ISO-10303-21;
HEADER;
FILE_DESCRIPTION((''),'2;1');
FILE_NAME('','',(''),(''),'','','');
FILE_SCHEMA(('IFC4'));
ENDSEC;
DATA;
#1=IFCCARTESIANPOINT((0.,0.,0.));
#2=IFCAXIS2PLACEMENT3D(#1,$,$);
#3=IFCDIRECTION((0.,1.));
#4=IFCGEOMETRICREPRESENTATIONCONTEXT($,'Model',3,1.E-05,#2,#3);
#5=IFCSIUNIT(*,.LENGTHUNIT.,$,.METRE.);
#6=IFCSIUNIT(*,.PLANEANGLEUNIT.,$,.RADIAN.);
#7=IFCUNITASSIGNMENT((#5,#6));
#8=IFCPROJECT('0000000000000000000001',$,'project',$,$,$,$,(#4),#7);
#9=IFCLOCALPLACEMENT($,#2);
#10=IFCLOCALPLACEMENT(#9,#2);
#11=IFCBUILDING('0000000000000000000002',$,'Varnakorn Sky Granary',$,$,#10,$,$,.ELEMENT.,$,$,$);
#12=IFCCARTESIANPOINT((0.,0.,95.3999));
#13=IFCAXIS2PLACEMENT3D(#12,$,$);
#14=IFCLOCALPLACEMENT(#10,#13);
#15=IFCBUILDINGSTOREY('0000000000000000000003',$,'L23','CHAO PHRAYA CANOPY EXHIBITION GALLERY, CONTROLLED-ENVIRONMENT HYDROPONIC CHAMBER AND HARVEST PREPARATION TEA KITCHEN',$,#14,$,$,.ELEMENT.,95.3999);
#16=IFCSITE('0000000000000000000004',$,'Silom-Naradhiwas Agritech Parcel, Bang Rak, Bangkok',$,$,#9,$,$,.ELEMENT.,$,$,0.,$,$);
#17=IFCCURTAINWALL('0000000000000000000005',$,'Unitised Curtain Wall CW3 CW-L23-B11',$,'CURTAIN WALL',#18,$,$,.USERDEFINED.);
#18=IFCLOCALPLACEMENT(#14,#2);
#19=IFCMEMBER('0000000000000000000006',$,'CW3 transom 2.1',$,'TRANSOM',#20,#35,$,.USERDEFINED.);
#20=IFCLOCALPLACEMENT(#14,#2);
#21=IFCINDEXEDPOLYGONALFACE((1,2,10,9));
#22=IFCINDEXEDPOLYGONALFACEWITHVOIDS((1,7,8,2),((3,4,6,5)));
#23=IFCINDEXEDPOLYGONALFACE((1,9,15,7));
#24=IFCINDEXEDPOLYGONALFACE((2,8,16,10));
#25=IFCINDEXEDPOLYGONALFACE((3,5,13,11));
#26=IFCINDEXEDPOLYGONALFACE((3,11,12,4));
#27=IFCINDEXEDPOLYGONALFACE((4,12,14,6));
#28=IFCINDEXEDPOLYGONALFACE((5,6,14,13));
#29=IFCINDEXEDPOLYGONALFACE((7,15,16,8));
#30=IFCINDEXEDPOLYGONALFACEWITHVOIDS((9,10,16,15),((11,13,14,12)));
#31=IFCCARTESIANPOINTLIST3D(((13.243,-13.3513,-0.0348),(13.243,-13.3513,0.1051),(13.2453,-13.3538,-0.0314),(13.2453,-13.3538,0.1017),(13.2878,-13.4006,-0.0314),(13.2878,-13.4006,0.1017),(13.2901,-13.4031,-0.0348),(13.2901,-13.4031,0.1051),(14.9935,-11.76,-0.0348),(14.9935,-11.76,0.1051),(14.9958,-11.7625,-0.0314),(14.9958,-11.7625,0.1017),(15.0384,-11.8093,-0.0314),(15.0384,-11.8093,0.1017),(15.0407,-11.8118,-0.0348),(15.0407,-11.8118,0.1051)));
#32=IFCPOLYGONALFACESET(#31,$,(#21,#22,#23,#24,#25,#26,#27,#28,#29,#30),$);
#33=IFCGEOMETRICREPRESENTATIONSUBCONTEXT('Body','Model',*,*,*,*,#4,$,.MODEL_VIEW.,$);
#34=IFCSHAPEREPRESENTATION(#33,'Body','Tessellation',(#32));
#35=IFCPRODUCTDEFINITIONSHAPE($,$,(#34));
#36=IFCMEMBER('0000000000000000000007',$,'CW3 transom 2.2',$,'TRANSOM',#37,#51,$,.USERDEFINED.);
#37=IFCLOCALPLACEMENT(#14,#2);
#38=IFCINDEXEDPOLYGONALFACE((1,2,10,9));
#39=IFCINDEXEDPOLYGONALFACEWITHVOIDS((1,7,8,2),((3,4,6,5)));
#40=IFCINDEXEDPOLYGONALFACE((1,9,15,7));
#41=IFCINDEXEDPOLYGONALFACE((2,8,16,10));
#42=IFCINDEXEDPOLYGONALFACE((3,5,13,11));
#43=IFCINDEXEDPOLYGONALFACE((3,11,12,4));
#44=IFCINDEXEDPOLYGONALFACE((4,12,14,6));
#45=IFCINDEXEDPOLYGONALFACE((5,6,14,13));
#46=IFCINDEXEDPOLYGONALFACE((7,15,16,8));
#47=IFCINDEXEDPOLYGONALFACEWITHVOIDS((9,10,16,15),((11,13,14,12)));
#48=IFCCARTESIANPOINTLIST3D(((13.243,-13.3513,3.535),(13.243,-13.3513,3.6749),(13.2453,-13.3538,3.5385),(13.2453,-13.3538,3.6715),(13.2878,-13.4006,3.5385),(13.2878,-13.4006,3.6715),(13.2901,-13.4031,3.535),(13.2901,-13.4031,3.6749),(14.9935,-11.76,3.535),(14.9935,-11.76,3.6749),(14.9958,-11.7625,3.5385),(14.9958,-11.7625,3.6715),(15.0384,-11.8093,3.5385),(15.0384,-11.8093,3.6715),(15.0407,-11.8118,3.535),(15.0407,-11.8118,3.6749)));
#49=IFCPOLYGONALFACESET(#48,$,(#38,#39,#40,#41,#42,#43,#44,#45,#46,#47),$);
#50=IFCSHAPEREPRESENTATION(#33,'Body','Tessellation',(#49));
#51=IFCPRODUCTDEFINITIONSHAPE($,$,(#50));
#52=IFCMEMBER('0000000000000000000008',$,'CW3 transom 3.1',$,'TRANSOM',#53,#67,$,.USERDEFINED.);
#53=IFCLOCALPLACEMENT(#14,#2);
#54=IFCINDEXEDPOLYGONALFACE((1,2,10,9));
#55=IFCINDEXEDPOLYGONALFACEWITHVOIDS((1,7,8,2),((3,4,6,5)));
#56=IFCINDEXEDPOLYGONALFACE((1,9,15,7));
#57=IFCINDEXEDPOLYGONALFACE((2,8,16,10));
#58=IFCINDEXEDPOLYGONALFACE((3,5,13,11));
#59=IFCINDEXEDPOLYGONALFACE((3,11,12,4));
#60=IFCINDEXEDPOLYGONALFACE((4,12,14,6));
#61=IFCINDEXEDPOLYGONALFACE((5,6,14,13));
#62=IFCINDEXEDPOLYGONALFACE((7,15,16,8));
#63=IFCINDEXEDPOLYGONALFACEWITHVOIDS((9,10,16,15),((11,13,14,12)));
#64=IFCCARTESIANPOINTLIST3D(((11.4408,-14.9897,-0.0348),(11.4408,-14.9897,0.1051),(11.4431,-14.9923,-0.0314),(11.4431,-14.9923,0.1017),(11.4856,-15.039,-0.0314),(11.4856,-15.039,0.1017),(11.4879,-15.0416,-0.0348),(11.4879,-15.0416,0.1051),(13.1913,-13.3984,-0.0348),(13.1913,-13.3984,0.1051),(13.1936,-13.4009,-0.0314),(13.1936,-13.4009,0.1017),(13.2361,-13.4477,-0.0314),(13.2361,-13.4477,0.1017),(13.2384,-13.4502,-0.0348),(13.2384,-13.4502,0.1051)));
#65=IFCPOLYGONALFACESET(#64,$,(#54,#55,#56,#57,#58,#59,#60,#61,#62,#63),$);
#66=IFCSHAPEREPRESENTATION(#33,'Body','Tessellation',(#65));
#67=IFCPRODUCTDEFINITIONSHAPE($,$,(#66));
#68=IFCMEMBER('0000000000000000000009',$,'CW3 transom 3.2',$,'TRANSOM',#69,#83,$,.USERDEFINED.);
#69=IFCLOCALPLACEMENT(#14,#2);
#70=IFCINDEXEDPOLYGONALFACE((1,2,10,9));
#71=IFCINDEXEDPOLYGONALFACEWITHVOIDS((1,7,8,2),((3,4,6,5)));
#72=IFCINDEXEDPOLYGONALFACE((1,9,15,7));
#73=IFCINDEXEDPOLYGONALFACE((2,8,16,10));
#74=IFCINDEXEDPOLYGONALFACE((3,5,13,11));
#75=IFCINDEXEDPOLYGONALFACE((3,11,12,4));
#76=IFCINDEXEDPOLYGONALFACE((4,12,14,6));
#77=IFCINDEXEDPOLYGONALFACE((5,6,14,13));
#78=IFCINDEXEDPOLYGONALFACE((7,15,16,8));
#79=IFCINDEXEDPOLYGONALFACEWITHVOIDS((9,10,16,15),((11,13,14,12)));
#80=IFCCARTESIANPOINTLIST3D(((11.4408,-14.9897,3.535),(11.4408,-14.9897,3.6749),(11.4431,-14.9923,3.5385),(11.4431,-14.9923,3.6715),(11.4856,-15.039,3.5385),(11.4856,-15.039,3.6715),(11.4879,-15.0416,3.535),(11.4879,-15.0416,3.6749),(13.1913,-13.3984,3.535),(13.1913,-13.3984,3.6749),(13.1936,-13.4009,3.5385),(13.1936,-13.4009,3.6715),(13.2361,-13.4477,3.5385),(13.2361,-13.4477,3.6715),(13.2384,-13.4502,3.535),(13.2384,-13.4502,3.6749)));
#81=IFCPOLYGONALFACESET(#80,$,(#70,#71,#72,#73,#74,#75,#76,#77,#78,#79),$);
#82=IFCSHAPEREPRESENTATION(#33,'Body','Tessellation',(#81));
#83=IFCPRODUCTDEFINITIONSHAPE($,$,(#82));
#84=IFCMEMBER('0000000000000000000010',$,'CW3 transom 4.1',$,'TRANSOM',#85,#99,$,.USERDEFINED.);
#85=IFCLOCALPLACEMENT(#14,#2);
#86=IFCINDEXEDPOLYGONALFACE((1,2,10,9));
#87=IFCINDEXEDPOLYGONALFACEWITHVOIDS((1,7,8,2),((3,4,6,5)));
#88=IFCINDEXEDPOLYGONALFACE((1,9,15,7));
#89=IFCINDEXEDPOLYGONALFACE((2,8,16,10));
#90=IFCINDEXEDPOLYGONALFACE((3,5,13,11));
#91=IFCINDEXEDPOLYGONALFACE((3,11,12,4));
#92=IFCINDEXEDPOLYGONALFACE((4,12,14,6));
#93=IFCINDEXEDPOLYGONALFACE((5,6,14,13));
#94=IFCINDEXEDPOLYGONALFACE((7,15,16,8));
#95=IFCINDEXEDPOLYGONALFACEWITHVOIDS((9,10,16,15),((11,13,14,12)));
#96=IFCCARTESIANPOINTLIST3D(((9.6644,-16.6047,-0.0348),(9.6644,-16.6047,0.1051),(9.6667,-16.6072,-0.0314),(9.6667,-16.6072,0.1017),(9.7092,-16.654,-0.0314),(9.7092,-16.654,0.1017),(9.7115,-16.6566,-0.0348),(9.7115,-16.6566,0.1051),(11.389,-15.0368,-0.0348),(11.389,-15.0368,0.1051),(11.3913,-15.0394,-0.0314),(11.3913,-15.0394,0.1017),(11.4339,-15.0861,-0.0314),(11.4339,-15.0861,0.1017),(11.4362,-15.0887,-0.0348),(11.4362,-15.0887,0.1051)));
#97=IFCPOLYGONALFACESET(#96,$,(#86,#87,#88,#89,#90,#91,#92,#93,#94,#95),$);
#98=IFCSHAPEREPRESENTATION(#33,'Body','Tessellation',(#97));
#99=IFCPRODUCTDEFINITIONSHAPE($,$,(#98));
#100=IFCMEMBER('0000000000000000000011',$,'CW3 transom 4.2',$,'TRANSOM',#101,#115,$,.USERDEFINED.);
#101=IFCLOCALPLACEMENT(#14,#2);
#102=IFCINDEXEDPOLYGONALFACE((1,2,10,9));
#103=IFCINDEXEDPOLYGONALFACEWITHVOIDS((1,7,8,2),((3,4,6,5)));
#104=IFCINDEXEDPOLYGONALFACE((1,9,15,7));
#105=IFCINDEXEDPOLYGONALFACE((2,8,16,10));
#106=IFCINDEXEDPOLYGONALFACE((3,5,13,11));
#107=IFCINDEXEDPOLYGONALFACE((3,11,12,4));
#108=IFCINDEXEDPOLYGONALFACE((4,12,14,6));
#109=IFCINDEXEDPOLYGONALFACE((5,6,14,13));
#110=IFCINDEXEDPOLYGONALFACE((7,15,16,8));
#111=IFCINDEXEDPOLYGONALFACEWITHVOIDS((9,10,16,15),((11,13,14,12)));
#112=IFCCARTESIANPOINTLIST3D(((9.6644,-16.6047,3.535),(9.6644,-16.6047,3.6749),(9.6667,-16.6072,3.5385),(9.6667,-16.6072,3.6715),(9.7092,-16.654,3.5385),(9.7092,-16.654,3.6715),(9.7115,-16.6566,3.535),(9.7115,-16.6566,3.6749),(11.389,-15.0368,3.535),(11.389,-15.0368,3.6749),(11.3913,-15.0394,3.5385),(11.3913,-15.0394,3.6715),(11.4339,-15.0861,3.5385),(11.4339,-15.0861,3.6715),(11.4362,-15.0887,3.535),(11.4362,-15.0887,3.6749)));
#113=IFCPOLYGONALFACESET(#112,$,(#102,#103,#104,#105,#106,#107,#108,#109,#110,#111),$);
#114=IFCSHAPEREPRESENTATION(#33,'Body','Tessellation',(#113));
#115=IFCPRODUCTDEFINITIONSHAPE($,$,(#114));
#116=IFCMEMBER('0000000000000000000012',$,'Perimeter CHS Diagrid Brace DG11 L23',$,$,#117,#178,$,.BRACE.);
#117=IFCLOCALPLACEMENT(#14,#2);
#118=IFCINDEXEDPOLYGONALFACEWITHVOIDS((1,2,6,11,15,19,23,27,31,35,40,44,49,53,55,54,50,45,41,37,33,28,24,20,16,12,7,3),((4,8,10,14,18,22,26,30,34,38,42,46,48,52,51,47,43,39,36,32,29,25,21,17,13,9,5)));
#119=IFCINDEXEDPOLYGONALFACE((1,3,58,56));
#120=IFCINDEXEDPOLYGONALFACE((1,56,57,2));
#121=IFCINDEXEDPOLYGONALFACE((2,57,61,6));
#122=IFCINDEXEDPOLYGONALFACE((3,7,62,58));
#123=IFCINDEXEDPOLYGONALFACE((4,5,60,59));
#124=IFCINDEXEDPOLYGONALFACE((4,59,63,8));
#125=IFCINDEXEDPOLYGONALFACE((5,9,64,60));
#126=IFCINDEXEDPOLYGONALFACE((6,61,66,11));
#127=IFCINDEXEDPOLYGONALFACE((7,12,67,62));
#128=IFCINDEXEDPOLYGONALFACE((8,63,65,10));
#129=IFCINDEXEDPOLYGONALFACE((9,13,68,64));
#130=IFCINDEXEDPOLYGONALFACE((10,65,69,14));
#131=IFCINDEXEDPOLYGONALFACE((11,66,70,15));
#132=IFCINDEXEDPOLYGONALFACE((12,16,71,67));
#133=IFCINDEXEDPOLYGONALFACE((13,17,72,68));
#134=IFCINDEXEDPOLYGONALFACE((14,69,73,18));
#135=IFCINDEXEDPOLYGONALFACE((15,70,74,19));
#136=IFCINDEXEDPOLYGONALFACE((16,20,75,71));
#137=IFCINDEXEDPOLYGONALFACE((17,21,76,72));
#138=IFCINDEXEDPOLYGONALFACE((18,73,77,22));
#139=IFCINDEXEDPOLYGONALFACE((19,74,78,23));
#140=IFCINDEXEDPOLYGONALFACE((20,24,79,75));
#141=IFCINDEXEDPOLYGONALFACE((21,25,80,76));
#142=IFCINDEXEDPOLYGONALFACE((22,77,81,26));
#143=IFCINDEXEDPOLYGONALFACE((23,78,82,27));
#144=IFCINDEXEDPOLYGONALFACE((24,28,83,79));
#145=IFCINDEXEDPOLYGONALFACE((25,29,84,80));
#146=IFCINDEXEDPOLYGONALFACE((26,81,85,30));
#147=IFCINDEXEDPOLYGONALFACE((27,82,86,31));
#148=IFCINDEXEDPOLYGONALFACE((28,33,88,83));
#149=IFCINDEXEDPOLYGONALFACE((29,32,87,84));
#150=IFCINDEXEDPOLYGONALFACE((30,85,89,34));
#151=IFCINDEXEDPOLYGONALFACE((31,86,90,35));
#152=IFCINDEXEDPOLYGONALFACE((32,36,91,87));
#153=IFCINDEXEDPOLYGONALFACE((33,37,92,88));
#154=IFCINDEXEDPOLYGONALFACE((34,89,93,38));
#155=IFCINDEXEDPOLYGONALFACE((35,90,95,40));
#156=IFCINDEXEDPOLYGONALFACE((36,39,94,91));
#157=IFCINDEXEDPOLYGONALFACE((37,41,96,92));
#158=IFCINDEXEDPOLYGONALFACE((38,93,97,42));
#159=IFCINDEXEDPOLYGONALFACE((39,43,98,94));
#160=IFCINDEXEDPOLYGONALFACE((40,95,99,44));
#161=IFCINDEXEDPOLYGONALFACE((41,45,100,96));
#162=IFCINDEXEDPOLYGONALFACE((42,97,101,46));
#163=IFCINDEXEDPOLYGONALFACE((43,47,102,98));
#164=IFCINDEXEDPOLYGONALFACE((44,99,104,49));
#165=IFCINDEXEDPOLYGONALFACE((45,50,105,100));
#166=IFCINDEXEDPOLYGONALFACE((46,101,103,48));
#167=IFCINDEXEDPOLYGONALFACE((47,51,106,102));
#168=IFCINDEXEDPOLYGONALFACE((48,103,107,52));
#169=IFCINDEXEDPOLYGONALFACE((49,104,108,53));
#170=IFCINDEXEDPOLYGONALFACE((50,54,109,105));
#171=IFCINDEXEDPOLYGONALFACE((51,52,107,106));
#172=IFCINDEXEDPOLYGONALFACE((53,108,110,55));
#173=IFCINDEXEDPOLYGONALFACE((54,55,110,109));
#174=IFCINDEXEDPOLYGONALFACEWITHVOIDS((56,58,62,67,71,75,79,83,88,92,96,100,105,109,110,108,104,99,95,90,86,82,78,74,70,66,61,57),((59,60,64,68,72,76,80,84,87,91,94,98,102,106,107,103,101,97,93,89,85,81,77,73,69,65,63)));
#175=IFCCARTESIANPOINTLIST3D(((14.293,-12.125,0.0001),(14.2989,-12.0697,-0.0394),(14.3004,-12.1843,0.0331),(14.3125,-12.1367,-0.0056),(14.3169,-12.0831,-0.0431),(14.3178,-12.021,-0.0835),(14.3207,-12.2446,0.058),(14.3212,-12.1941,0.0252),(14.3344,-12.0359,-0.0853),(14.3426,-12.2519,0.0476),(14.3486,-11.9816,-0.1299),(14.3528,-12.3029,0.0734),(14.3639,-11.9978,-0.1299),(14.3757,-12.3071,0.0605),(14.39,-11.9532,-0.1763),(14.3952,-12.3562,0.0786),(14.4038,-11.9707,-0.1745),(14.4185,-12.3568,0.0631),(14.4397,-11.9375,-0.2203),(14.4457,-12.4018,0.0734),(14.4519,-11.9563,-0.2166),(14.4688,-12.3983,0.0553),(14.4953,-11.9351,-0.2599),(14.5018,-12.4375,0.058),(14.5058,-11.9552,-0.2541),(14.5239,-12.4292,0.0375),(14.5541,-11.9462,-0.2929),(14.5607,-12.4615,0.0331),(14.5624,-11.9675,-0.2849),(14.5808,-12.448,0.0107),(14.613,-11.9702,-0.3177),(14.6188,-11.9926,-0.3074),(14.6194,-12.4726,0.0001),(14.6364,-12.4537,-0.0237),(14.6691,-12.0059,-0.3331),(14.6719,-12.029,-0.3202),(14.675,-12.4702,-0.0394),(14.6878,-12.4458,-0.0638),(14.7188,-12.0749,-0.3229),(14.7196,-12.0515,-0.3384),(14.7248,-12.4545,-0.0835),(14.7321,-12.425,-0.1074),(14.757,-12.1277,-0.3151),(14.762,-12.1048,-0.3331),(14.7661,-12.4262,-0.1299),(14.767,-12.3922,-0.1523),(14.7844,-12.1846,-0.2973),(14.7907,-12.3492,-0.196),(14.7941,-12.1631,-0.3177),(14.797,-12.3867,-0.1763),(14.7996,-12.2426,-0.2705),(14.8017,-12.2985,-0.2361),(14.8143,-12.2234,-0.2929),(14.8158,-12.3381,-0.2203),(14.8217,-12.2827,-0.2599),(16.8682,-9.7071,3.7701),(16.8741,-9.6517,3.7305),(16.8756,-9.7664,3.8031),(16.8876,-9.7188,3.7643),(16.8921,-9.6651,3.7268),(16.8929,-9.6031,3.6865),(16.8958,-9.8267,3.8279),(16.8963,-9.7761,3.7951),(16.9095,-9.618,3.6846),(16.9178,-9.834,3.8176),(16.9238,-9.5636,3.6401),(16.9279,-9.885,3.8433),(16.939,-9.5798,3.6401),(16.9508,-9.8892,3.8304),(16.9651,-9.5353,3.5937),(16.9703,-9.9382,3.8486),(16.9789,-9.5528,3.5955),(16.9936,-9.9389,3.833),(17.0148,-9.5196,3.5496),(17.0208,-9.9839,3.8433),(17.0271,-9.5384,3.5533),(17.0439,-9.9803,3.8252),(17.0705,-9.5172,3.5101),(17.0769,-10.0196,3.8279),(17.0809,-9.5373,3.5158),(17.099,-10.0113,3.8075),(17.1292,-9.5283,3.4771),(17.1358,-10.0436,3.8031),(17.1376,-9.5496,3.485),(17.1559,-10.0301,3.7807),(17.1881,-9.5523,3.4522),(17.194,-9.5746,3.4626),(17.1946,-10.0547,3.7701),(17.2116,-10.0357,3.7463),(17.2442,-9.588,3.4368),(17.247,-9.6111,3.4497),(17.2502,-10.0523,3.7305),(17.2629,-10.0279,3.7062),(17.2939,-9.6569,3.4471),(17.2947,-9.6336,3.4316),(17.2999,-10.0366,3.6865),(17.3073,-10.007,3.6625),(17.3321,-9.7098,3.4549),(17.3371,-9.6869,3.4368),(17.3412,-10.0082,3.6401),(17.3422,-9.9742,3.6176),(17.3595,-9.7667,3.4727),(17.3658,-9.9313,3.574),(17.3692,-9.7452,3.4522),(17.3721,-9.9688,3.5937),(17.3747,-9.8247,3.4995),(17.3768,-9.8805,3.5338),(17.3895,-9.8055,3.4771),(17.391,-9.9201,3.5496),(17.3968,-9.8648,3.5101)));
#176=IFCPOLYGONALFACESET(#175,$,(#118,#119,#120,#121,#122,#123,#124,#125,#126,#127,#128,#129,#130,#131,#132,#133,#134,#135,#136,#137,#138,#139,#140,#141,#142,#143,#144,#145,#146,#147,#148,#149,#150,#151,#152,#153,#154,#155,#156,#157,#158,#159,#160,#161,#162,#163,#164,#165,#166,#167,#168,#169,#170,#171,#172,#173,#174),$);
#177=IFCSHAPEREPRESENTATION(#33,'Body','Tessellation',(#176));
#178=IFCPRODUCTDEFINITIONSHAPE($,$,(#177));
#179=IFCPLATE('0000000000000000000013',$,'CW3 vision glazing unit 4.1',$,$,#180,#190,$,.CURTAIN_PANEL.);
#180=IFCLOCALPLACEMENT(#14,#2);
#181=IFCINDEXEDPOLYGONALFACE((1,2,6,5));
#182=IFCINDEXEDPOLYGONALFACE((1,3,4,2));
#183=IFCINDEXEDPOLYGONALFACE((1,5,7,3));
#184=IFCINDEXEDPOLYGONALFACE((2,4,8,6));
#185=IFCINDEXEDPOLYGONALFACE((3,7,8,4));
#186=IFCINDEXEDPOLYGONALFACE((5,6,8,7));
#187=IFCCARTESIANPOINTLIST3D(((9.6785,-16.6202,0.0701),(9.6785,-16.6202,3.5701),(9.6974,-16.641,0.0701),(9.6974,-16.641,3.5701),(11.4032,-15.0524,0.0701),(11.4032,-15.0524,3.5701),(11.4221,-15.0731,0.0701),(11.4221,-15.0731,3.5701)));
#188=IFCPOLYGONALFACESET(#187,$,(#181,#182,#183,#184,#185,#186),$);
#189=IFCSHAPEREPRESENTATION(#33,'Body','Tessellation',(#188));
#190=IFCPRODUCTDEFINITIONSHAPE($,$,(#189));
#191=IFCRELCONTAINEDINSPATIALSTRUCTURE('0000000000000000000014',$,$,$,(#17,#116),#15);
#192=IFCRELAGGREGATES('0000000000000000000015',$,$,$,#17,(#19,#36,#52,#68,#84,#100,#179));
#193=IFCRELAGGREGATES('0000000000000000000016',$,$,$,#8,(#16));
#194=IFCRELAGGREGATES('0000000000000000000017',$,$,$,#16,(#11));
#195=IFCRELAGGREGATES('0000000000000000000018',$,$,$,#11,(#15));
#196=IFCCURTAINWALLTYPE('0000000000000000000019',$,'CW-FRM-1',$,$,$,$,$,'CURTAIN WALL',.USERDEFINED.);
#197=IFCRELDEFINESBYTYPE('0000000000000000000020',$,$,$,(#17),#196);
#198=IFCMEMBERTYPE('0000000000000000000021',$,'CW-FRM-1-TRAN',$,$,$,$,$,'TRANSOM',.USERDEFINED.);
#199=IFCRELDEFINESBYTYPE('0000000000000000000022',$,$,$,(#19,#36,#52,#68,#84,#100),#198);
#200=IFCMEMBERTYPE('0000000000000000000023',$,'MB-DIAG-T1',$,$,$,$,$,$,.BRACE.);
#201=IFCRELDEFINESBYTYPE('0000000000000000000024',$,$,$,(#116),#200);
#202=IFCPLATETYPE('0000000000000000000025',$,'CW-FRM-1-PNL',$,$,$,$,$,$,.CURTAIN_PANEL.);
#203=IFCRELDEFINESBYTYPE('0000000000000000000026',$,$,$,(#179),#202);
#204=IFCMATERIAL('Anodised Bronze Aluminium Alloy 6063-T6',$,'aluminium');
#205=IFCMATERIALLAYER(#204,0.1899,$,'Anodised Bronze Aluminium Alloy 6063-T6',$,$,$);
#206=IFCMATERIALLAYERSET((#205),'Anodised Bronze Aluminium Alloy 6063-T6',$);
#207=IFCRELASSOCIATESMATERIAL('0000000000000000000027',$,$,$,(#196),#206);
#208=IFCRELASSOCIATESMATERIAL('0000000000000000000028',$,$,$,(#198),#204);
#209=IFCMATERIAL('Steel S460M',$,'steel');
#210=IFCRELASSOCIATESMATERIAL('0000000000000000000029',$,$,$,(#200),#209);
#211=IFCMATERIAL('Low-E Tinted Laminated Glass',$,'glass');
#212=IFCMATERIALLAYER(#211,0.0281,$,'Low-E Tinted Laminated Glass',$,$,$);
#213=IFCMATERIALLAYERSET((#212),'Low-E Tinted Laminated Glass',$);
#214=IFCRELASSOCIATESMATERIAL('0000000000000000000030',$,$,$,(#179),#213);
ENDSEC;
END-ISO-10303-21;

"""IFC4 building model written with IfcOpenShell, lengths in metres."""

from ifc_helpers import new_model, si_unit, direction, frame, origin, origin_2d, place, context, subcontext, project, spatial, rectangle, hollow_rectangle, hollow_circle, extrude, source, transform, mapped, material, layer, layer_set, material_profile, profile_set, type_object, element, aggregate, save


model = new_model("IFC4")

# Units and contexts
model_context = context("Model", 3, precision=1e-05, world=origin(), true_north=direction((0.0, 1.0)))
body_context = subcontext(model_context, "Body", "Model", "MODEL_VIEW")
ifc_project = project(units=[si_unit("LENGTHUNIT", "METRE"), si_unit("PLANEANGLEUNIT", "RADIAN")], contexts=[model_context])

# Site, building, storey
site_placement = place(None, origin())
site = spatial("IfcSite", under=ifc_project, at=site_placement, Name="Silom-Naradhiwas Agritech Parcel, Bang Rak, Bangkok", CompositionType="ELEMENT", RefElevation=0.0)
building_placement = place(site_placement, origin())
building = spatial("IfcBuilding", under=site, at=building_placement, Name="Varnakorn Sky Granary", CompositionType="ELEMENT")
storey_placement = place(building_placement, frame((0.0, 0.0, 95.3999)))
storey = spatial("IfcBuildingStorey", under=building, at=storey_placement, Name="L23", Description="CHAO PHRAYA CANOPY EXHIBITION GALLERY, CONTROLLED-ENVIRONMENT HYDROPONIC CHAMBER AND HARVEST PREPARATION TEA KITCHEN", CompositionType="ELEMENT", Elevation=95.3999)

# Shared definitions
ifc_material_1 = material(Name="Steel S460M", Category="steel")

# Shared definitions
ifc_material_2 = material(Name="Anodised Bronze Aluminium Alloy 6063-T6", Category="aluminium")
ifc_layer_1 = layer(ifc_material_2, 0.1899, Name="Anodised Bronze Aluminium Alloy 6063-T6")
ifc_layer_set_1 = layer_set([ifc_layer_1], Name="Anodised Bronze Aluminium Alloy 6063-T6")
curtain_wall_type = type_object("IfcCurtainWallType", Name="CW-FRM-1", ElementType="CURTAIN WALL", PredefinedType="USERDEFINED", material=ifc_layer_set_1)

# Curtain wall
curtain_wall_1_placement = place(storey_placement, origin())
curtain_wall_1 = element("IfcCurtainWall", 1, at=curtain_wall_1_placement, inside=storey, type_object=curtain_wall_type, Name="Unitised Curtain Wall CW3 CW-L23-B11", ObjectType="CURTAIN WALL", PredefinedType="USERDEFINED")

# Members
ifc_material_profile_1 = material_profile(ifc_material_2, hollow_rectangle(XDim=0.0701, YDim=0.1399, WallThickness=0.0034, at=origin_2d()), Name="ALU TRAN 70x140")
ifc_profile_set_1 = profile_set([ifc_material_profile_1], Name="Anodised Bronze Aluminium Alloy 6063-T6")
member_type_1 = type_object("IfcMemberType", Name="CW-FRM-1-TRAN", ElementType="TRANSOM", PredefinedType="USERDEFINED", material=ifc_profile_set_1)
member_1_placement = place(storey_placement, frame((15.0171, -11.7859, 0.0352), z_axis=(-0.739949, -0.672663, 0.0), x_axis=(0.672663, -0.739949, 0.0)))
member_1 = element("IfcMember", 2, at=member_1_placement, type_object=member_type_1, Name="CW3 transom 2.1", ObjectType="TRANSOM", PredefinedType="USERDEFINED", context=body_context, shape_type="SweptSolid", body=[
    extrude(hollow_rectangle(XDim=0.0701, YDim=0.1399, WallThickness=0.0034, at=origin_2d()), origin(), (0.0, 0.0, 1.0), 2.3657),
])
member_2_placement = place(storey_placement, frame((15.0171, -11.7859, 3.605), z_axis=(-0.739949, -0.672663, 0.0), x_axis=(0.672663, -0.739949, 0.0)))
member_2 = element("IfcMember", 3, at=member_2_placement, type_object=member_type_1, Name="CW3 transom 2.2", ObjectType="TRANSOM", PredefinedType="USERDEFINED", context=body_context, shape_type="SweptSolid", body=[
    extrude(hollow_rectangle(XDim=0.0701, YDim=0.1399, WallThickness=0.0034, at=origin_2d()), origin(), (0.0, 0.0, 1.0), 2.3657),
])
member_3_placement = place(storey_placement, frame((13.2148, -13.4243, 0.0352), z_axis=(-0.739949, -0.672663, 0.0), x_axis=(0.672663, -0.739949, 0.0)))
member_3 = element("IfcMember", 4, at=member_3_placement, type_object=member_type_1, Name="CW3 transom 3.1", ObjectType="TRANSOM", PredefinedType="USERDEFINED", context=body_context, shape_type="SweptSolid", body=[
    extrude(hollow_rectangle(XDim=0.0701, YDim=0.1399, WallThickness=0.0034, at=origin_2d()), origin(), (0.0, 0.0, 1.0), 2.3657),
])
member_4_placement = place(storey_placement, frame((13.2148, -13.4243, 3.605), z_axis=(-0.739949, -0.672663, 0.0), x_axis=(0.672663, -0.739949, 0.0)))
member_4 = element("IfcMember", 5, at=member_4_placement, type_object=member_type_1, Name="CW3 transom 3.2", ObjectType="TRANSOM", PredefinedType="USERDEFINED", context=body_context, shape_type="SweptSolid", body=[
    extrude(hollow_rectangle(XDim=0.0701, YDim=0.1399, WallThickness=0.0034, at=origin_2d()), origin(), (0.0, 0.0, 1.0), 2.3657),
])
member_5_placement = place(storey_placement, frame((11.4126, -15.0627, 0.0352), z_axis=(-0.739931, -0.672683, 0.0), x_axis=(0.672683, -0.739931, 0.0)))
member_5 = element("IfcMember", 6, at=member_5_placement, type_object=member_type_1, Name="CW3 transom 4.1", ObjectType="TRANSOM", PredefinedType="USERDEFINED", context=body_context, shape_type="SweptSolid", body=[
    extrude(hollow_rectangle(XDim=0.0701, YDim=0.1399, WallThickness=0.0034, at=origin_2d()), origin(), (0.0, 0.0, 1.0), 2.3308),
])
member_6_placement = place(storey_placement, frame((11.4126, -15.0627, 3.605), z_axis=(-0.739931, -0.672683, 0.0), x_axis=(0.672683, -0.739931, 0.0)))
member_6 = element("IfcMember", 7, at=member_6_placement, type_object=member_type_1, Name="CW3 transom 4.2", ObjectType="TRANSOM", PredefinedType="USERDEFINED", context=body_context, shape_type="SweptSolid", body=[
    extrude(hollow_rectangle(XDim=0.0701, YDim=0.1399, WallThickness=0.0034, at=origin_2d()), origin(), (0.0, 0.0, 1.0), 2.3308),
])
ifc_material_profile_2 = material_profile(ifc_material_1, hollow_circle(Radius=0.3049, WallThickness=0.0222, at=origin_2d()), Name="CHS 610x22")
ifc_profile_set_2 = profile_set([ifc_material_profile_2], Name="Steel S460M")
member_type_2 = type_object("IfcMemberType", Name="MB-DIAG-T1", PredefinedType="BRACE", material=ifc_profile_set_2)
member_7_placement = place(storey_placement, frame((14.5574, -12.2039, -0.1299), z_axis=(0.498455, 0.468022, 0.729725), x_axis=(-0.684502, 0.729011, 0.0)))
element("IfcMember", 8, at=member_7_placement, inside=storey, type_object=member_type_2, Name="Perimeter CHS Diagrid Brace DG11 L23", PredefinedType="BRACE", context=body_context, shape_type="SweptSolid", body=[
    extrude(hollow_circle(Radius=0.3049, WallThickness=0.0222, at=origin_2d()), origin(), (0.0, 0.0, 1.0), 5.1663),
])

# Plate
ifc_material_3 = material(Name="Low-E Tinted Laminated Glass", Category="glass")
ifc_layer_2 = layer(ifc_material_3, 0.0281, Name="Low-E Tinted Laminated Glass")
ifc_layer_set_2 = layer_set([ifc_layer_2], Name="Low-E Tinted Laminated Glass")
plate_type = type_object("IfcPlateType", Name="CW-FRM-1-PNL", PredefinedType="CURTAIN_PANEL")
shared_shape_1 = source(origin(), body_context, "Body", "SweptSolid", [
    extrude(rectangle(XDim=2.3308, YDim=0.0281, at=origin_2d()), origin(), (0.0, 0.0, 1.0), 3.5),
])
plate_1_placement = place(storey_placement, frame((10.5503, -15.8467, 0.0701), z_axis=(0.0, 0.0, 1.0), x_axis=(-0.739941, -0.672672, 0.0)))
plate_1 = element("IfcPlate", 9, at=plate_1_placement, type_object=plate_type, material=ifc_layer_set_2, Name="CW3 vision glazing unit 4.1", PredefinedType="CURTAIN_PANEL", context=body_context, shape_type="MappedRepresentation", body=[
    mapped(shared_shape_1, transform((0.0, 0.0, 0.0), x_axis=(1.0, 0.0, 0.0), y_axis=(0.0, 1.0, 0.0), z_axis=(0.0, 0.0, 1.0), scale=1.0)),
])
aggregate(curtain_wall_1, [member_1, member_2, member_3, member_4, member_5, member_6, plate_1])

save(model, "model.ifc")
